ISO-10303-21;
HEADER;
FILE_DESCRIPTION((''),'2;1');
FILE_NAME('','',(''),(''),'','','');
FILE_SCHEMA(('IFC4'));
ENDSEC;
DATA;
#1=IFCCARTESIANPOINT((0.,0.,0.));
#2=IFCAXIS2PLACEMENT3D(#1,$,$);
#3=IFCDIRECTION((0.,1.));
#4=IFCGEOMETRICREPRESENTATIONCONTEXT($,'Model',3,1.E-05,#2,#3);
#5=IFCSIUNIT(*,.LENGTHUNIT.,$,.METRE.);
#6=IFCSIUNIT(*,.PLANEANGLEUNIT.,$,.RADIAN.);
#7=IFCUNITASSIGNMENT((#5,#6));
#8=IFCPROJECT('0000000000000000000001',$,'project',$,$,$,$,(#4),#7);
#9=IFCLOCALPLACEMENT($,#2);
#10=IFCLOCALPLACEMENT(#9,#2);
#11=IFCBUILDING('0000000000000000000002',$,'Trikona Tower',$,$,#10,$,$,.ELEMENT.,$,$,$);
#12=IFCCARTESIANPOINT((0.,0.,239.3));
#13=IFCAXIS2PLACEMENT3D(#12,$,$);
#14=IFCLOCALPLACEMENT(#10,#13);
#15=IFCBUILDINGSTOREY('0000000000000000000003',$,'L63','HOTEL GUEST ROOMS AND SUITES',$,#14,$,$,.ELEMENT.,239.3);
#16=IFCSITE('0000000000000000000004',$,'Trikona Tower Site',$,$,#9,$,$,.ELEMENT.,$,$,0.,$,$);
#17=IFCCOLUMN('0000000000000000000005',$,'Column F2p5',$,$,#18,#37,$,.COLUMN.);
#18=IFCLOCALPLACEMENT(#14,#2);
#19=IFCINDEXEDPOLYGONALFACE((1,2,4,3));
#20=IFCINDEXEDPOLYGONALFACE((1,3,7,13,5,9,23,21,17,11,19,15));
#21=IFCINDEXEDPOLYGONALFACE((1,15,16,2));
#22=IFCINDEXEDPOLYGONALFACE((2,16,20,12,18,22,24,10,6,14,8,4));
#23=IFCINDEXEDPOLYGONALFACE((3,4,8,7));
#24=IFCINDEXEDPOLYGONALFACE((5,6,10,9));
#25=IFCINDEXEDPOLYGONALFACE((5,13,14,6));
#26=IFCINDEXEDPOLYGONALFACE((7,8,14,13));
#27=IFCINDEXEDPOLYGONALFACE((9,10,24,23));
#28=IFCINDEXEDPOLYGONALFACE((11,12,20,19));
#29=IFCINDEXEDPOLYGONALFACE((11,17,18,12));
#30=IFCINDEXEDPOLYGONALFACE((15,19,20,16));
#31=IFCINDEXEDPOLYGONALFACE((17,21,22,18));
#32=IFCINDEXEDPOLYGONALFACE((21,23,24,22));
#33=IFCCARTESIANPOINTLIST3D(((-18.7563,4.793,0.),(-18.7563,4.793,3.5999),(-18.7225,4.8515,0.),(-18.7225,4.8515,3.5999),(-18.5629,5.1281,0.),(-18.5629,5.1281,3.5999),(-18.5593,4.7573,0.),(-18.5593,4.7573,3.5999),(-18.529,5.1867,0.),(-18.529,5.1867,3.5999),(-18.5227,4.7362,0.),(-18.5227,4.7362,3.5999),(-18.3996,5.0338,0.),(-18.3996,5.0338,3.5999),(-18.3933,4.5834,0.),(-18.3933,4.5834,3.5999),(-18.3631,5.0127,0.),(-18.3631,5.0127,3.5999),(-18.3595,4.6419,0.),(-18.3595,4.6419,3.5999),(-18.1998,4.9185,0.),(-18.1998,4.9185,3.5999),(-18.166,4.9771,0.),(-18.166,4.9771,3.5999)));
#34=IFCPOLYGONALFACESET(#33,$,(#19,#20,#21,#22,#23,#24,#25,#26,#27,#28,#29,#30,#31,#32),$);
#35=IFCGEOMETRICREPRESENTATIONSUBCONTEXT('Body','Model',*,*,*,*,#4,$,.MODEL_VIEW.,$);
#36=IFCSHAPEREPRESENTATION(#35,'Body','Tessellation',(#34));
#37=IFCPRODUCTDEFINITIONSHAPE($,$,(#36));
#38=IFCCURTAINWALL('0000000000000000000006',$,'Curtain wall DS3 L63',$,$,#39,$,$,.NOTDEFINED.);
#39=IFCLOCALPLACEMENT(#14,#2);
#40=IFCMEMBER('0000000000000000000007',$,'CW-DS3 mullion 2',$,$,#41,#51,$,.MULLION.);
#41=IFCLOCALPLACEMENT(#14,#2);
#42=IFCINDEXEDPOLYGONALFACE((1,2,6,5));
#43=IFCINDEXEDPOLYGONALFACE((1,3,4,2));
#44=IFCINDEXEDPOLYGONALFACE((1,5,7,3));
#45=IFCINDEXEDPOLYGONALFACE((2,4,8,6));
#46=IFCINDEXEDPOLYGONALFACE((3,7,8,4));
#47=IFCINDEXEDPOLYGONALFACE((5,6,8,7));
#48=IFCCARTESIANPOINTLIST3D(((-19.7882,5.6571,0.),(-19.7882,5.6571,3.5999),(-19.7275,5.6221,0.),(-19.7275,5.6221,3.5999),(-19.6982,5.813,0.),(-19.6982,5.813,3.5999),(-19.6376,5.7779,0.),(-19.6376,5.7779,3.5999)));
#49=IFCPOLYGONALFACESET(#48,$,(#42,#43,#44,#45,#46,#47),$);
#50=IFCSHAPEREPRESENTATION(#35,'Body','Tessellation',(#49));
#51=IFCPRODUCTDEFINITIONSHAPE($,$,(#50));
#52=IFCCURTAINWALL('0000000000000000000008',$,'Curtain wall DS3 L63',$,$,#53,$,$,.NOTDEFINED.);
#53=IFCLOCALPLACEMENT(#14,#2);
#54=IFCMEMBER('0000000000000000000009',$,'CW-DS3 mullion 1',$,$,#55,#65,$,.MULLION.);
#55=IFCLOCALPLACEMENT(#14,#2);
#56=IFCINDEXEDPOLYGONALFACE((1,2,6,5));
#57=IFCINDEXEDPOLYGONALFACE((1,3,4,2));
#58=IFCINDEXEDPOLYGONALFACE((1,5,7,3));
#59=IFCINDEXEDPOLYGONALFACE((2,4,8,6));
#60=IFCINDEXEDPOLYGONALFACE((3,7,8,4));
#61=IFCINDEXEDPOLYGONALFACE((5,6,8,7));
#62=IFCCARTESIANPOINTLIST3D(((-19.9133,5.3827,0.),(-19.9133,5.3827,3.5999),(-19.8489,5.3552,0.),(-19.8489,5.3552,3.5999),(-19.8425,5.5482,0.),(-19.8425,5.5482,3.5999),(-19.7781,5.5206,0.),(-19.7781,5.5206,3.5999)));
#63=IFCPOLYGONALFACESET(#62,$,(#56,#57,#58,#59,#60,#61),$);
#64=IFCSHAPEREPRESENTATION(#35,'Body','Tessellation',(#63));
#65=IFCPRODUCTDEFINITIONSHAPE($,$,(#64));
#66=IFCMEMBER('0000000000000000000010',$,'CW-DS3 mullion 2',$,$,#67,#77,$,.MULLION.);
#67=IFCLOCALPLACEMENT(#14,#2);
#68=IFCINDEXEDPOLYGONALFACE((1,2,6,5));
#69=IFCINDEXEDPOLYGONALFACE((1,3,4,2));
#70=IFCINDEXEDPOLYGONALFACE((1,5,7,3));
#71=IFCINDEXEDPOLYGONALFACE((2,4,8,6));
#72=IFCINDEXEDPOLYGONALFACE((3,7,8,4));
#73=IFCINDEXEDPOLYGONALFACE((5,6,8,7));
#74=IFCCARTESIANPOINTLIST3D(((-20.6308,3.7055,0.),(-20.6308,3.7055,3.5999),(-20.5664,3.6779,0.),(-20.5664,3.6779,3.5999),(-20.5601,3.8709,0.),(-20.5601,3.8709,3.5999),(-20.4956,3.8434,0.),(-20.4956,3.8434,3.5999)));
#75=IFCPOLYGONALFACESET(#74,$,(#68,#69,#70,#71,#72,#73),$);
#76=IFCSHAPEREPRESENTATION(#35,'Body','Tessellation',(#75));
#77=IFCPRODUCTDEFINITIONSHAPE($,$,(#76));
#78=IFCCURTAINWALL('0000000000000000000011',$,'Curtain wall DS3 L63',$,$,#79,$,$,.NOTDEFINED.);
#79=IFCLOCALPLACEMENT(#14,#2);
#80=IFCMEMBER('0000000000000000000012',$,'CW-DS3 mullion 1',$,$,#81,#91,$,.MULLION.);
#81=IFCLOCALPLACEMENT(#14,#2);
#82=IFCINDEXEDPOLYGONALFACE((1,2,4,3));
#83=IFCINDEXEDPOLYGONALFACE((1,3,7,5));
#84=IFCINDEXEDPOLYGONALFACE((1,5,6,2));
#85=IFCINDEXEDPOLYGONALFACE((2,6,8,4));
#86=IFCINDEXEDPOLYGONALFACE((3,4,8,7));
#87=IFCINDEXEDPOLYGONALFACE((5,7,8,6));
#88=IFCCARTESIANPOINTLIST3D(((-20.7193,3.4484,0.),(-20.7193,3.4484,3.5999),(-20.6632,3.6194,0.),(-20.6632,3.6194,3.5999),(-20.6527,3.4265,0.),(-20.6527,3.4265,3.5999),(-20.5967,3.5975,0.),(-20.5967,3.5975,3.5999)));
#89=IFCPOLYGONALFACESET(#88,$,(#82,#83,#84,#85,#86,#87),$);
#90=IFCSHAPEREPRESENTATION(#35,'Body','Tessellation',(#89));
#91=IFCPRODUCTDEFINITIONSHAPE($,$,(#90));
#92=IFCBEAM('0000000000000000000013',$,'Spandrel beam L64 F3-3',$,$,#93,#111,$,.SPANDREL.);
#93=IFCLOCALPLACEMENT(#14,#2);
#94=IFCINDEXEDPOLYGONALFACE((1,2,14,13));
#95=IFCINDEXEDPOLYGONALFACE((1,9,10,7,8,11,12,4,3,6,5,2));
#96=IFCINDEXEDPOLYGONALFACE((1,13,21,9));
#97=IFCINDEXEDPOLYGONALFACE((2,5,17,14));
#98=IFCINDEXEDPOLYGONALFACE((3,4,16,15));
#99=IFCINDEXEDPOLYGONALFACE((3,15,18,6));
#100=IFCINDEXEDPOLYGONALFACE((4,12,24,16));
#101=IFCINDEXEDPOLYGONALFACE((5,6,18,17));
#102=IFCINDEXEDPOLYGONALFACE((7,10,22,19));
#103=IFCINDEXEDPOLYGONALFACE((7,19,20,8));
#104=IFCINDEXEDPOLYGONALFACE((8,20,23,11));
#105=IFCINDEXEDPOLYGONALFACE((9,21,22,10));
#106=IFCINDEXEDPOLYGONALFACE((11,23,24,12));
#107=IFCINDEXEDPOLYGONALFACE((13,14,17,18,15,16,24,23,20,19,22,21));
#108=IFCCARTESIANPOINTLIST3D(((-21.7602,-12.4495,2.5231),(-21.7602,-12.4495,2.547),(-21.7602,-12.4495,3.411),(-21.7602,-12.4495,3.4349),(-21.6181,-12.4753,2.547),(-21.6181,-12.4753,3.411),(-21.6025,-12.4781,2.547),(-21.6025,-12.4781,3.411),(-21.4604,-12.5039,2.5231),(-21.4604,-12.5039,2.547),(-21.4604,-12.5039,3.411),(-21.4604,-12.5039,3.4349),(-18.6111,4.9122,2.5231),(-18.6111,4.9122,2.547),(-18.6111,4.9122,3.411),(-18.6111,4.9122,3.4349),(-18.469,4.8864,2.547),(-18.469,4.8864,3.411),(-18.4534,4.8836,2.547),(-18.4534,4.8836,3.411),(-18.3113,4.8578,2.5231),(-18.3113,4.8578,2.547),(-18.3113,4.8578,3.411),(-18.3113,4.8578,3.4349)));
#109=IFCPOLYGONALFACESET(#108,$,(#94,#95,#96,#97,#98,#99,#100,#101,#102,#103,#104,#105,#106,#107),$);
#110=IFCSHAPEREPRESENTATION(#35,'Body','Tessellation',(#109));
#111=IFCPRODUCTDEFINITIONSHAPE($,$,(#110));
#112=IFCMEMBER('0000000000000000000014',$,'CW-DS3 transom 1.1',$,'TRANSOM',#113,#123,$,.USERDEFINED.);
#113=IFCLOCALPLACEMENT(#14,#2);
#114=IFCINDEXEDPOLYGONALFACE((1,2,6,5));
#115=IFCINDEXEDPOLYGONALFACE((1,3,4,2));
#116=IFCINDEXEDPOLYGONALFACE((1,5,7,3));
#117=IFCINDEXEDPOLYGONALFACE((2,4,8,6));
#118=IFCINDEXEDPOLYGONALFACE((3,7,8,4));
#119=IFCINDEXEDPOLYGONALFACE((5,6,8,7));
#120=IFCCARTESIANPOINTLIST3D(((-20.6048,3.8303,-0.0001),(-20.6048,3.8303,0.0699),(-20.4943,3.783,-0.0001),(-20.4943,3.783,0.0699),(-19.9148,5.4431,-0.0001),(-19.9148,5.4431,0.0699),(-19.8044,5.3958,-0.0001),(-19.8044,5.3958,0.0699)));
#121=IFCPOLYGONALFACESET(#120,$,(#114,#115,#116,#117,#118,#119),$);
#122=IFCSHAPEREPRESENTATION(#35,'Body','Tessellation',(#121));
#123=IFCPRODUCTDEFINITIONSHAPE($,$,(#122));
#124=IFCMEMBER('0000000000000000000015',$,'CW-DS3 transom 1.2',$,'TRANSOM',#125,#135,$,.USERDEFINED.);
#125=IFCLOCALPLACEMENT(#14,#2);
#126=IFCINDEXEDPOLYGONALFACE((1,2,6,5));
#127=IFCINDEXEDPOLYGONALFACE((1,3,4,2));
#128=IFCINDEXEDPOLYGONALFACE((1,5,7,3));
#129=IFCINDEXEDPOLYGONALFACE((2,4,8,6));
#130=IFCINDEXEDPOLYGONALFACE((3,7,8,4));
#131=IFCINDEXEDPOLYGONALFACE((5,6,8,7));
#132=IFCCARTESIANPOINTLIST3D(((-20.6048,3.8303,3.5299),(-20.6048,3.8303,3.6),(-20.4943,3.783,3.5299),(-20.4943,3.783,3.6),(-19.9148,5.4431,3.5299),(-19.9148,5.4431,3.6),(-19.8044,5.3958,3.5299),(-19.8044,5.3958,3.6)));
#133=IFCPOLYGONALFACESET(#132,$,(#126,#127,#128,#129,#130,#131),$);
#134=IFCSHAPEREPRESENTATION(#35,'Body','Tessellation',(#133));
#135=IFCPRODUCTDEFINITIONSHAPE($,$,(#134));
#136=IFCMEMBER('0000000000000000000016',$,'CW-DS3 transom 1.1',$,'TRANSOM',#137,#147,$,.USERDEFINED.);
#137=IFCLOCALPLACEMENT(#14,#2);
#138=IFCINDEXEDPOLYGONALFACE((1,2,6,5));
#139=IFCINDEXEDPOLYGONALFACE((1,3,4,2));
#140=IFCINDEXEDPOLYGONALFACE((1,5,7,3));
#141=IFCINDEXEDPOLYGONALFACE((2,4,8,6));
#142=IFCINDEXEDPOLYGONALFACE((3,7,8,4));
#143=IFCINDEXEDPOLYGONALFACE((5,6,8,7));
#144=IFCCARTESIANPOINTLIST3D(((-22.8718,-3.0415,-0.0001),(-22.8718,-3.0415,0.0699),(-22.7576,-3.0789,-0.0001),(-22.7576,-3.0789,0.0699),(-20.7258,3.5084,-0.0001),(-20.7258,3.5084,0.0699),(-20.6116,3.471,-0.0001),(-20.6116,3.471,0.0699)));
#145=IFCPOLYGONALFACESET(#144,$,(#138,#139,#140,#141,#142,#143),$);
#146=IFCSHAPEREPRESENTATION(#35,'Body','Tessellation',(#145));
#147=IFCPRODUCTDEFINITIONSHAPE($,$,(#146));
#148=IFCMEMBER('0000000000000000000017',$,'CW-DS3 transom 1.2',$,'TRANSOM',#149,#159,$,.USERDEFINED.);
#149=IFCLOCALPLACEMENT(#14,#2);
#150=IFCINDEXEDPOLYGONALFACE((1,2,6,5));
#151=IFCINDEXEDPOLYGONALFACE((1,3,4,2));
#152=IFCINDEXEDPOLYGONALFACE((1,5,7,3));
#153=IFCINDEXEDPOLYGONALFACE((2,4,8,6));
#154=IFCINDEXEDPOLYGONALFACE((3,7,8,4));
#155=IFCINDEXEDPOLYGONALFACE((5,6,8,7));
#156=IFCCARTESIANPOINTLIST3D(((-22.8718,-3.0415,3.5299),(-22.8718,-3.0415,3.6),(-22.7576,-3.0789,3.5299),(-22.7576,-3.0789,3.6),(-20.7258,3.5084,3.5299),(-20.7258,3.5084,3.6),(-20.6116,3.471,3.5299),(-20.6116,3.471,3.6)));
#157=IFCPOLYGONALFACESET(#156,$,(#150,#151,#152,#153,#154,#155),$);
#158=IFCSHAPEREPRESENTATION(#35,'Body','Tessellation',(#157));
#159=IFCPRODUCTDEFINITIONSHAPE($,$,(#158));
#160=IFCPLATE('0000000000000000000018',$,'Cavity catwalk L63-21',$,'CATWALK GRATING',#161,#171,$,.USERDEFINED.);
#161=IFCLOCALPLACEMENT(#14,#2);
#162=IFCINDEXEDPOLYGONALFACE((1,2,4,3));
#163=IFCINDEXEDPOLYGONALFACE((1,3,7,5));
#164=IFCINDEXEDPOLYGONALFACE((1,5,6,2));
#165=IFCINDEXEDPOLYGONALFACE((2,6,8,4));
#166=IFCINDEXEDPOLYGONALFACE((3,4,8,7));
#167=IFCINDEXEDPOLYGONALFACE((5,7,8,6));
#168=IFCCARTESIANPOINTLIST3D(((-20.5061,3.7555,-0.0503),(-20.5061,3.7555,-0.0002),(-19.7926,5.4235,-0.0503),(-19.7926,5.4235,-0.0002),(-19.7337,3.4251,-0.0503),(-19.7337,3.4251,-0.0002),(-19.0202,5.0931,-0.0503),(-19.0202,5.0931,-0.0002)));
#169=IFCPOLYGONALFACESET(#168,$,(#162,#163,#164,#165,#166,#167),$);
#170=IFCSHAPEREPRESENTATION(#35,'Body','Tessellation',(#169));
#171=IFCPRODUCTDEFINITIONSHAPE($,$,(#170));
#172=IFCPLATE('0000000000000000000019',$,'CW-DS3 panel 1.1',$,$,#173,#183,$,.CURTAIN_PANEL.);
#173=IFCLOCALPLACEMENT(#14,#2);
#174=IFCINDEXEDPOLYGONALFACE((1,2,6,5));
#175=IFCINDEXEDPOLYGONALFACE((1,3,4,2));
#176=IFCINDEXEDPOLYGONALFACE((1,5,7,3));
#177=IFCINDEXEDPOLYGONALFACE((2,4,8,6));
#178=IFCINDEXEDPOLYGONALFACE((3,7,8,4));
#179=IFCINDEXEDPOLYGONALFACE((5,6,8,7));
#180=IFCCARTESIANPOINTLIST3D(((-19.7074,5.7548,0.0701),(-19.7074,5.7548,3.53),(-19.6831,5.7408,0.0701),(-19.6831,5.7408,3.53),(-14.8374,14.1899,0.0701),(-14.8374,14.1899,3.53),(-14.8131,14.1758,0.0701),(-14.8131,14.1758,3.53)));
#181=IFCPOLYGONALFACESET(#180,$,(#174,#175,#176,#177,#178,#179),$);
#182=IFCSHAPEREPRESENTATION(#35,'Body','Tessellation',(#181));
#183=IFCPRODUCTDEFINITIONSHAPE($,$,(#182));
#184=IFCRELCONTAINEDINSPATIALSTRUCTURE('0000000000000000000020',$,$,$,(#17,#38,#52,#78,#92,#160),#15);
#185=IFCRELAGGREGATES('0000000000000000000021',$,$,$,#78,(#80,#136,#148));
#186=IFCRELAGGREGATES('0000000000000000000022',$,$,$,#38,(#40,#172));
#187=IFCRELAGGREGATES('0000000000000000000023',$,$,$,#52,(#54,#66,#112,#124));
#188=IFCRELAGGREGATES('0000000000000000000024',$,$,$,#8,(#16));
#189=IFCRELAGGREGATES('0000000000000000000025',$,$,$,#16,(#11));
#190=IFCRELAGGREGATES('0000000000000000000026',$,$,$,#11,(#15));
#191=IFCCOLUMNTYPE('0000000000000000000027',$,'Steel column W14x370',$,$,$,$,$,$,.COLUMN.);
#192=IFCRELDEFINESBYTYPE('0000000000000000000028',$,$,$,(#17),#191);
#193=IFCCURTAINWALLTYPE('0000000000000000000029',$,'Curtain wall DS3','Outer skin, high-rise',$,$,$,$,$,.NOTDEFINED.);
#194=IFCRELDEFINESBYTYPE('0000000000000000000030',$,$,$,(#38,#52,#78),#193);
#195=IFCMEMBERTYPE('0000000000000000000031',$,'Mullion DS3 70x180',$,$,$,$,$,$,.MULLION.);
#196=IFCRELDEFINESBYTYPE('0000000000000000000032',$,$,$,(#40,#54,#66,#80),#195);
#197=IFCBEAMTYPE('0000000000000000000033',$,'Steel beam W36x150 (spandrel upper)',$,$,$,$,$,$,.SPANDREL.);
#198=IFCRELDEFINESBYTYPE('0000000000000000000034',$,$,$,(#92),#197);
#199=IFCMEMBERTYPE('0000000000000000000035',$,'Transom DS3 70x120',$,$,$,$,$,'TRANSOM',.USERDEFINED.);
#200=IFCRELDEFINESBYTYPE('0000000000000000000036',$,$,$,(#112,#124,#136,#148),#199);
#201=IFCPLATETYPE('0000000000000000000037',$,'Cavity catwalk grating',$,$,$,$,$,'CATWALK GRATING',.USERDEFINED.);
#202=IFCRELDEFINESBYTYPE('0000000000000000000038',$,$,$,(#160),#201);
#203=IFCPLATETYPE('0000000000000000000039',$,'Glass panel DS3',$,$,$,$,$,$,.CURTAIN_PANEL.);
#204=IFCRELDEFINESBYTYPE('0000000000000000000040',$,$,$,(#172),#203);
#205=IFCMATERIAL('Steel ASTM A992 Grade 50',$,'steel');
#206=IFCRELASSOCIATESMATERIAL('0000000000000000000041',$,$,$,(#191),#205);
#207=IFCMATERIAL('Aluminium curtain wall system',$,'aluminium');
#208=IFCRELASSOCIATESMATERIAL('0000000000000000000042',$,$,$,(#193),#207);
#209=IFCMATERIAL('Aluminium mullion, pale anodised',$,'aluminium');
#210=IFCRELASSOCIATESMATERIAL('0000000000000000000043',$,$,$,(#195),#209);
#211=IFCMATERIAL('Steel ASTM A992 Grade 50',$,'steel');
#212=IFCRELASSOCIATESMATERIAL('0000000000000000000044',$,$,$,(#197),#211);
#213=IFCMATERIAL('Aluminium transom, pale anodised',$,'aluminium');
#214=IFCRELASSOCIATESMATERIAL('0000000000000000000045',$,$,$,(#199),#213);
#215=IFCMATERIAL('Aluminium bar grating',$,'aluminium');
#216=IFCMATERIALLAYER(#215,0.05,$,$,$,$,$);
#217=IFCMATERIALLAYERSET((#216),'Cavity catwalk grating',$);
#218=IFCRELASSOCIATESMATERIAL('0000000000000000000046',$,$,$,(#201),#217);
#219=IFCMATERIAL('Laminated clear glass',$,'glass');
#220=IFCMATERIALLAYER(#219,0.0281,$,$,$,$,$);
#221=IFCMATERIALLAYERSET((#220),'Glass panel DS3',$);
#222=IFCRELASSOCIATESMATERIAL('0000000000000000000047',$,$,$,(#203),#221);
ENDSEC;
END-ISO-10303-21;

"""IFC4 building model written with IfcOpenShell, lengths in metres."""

from ifc_helpers import new_model, si_unit, direction, frame, origin, origin_2d, place, context, subcontext, project, spatial, rectangle, i_section, extrude, material, layer, layer_set, material_profile, profile_set, type_object, element, aggregate, save


model = new_model("IFC4")

# Units and contexts
model_context = context("Model", 3, precision=1e-05, world=origin(), true_north=direction((0.0, 1.0)))
body_context = subcontext(model_context, "Body", "Model", "MODEL_VIEW")
ifc_project = project(units=[si_unit("LENGTHUNIT", "METRE"), si_unit("PLANEANGLEUNIT", "RADIAN")], contexts=[model_context])

# Site, building, storey
site_placement = place(None, origin())
site = spatial("IfcSite", under=ifc_project, at=site_placement, Name="Trikona Tower Site", CompositionType="ELEMENT", RefElevation=0.0)
building_placement = place(site_placement, origin())
building = spatial("IfcBuilding", under=site, at=building_placement, Name="Trikona Tower", CompositionType="ELEMENT")
storey_placement = place(building_placement, frame((0.0, 0.0, 239.3)))
storey = spatial("IfcBuildingStorey", under=building, at=storey_placement, Name="L63", Description="HOTEL GUEST ROOMS AND SUITES", CompositionType="ELEMENT", Elevation=239.3)

# Column
ifc_material_1 = material(Name="Steel ASTM A992 Grade 50", Category="steel")
ifc_material_profile_1 = material_profile(ifc_material_1, i_section(OverallWidth=0.4192, OverallDepth=0.4546, WebThickness=0.0422, FlangeThickness=0.0676, at=origin_2d()), Name="W14X370")
ifc_profile_set_1 = profile_set([ifc_material_profile_1], Name="Steel ASTM A992 Grade 50")
column_type = type_object("IfcColumnType", Name="Steel column W14x370", PredefinedType="COLUMN", material=ifc_profile_set_1)
column_placement = place(storey_placement, frame((-18.4612, 4.885, 0.0), z_axis=(0.0, 0.0, 1.0), x_axis=(-0.866025, 0.5, 0.0)))
element("IfcColumn", 1, at=column_placement, inside=storey, type_object=column_type, Name="Column F2p5", PredefinedType="COLUMN", context=body_context, shape_type="SweptSolid", body=[
    extrude(i_section(OverallWidth=0.4192, OverallDepth=0.4546, WebThickness=0.0422, FlangeThickness=0.0676, at=origin_2d()), origin(), (0.0, 0.0, 1.0), 3.5999),
])

# Curtain wall, member
ifc_material_2 = material(Name="Aluminium curtain wall system", Category="aluminium")
curtain_wall_type = type_object("IfcCurtainWallType", Name="Curtain wall DS3", Description="Outer skin, high-rise", PredefinedType="NOTDEFINED", material=ifc_material_2)
curtain_wall_1_placement = place(storey_placement, origin())
curtain_wall_1 = element("IfcCurtainWall", 2, at=curtain_wall_1_placement, inside=storey, type_object=curtain_wall_type, Name="Curtain wall DS3 L63", PredefinedType="NOTDEFINED")
ifc_material_3 = material(Name="Aluminium mullion, pale anodised", Category="aluminium")
ifc_material_profile_2 = material_profile(ifc_material_3, rectangle(XDim=0.0701, YDim=0.1799, at=origin_2d()), Name="MUL-DS3")
ifc_profile_set_2 = profile_set([ifc_material_profile_2], Name="Aluminium mullion, pale anodised")
member_type_1 = type_object("IfcMemberType", Name="Mullion DS3 70x180", PredefinedType="MULLION", material=ifc_profile_set_2)
member_1_placement = place(storey_placement, frame((-19.7129, 5.7175, 0.0), z_axis=(0.0, 0.0, 1.0), x_axis=(0.866025, -0.500001, 0.0)))
member_1 = element("IfcMember", 3, at=member_1_placement, type_object=member_type_1, Name="CW-DS3 mullion 2", PredefinedType="MULLION", context=body_context, shape_type="SweptSolid", body=[
    extrude(rectangle(XDim=0.0701, YDim=0.1799, at=origin_2d()), origin(), (0.0, 0.0, 1.0), 3.5999),
])

# Curtain wall, members
curtain_wall_2_placement = place(storey_placement, origin())
curtain_wall_2 = element("IfcCurtainWall", 4, at=curtain_wall_2_placement, inside=storey, type_object=curtain_wall_type, Name="Curtain wall DS3 L63", PredefinedType="NOTDEFINED")
member_2_placement = place(storey_placement, frame((-19.8457, 5.4517, 0.0), z_axis=(0.0, 0.0, 1.0), x_axis=(0.919421, -0.393276, 0.0)))
member_2 = element("IfcMember", 5, at=member_2_placement, type_object=member_type_1, Name="CW-DS3 mullion 1", PredefinedType="MULLION", context=body_context, shape_type="SweptSolid", body=[
    extrude(rectangle(XDim=0.0701, YDim=0.1799, at=origin_2d()), origin(), (0.0, 0.0, 1.0), 3.5999),
])
member_3_placement = place(storey_placement, frame((-20.5632, 3.7744, 0.0), z_axis=(0.0, 0.0, 1.0), x_axis=(0.919421, -0.393276, 0.0)))
member_3 = element("IfcMember", 6, at=member_3_placement, type_object=member_type_1, Name="CW-DS3 mullion 2", PredefinedType="MULLION", context=body_context, shape_type="SweptSolid", body=[
    extrude(rectangle(XDim=0.0701, YDim=0.1799, at=origin_2d()), origin(), (0.0, 0.0, 1.0), 3.5999),
])

# Curtain wall, member
curtain_wall_3_placement = place(storey_placement, origin())
curtain_wall_3 = element("IfcCurtainWall", 7, at=curtain_wall_3_placement, inside=storey, type_object=curtain_wall_type, Name="Curtain wall DS3 L63", PredefinedType="NOTDEFINED")
member_4_placement = place(storey_placement, frame((-20.658, 3.5229, 0.0), z_axis=(0.0, 0.0, 1.0), x_axis=(0.950297, -0.311344, 0.0)))
member_4 = element("IfcMember", 8, at=member_4_placement, type_object=member_type_1, Name="CW-DS3 mullion 1", PredefinedType="MULLION", context=body_context, shape_type="SweptSolid", body=[
    extrude(rectangle(XDim=0.0701, YDim=0.1799, at=origin_2d()), origin(), (0.0, 0.0, 1.0), 3.5999),
])

# Beam
ifc_material_4 = material(Name="Steel ASTM A992 Grade 50", Category="steel")
ifc_material_profile_3 = material_profile(ifc_material_4, i_section(OverallWidth=0.3047, OverallDepth=0.9119, WebThickness=0.0159, FlangeThickness=0.0239, at=origin_2d()), Name="W36X150")
ifc_profile_set_3 = profile_set([ifc_material_profile_3], Name="Steel ASTM A992 Grade 50")
beam_type = type_object("IfcBeamType", Name="Steel beam W36x150 (spandrel upper)", PredefinedType="SPANDREL", material=ifc_profile_set_3)
beam_placement = place(storey_placement, frame((-18.4612, 4.885, 2.979), z_axis=(-0.178473, -0.983945, 0.0), x_axis=(0.983945, -0.178473, 0.0)))
element("IfcBeam", 9, at=beam_placement, inside=storey, type_object=beam_type, Name="Spandrel beam L64 F3-3", PredefinedType="SPANDREL", context=body_context, shape_type="SweptSolid", body=[
    extrude(i_section(OverallWidth=0.3047, OverallDepth=0.9119, WebThickness=0.0159, FlangeThickness=0.0239, at=origin_2d()), origin(), (0.0, 0.0, 1.0), 17.645),
])

# Members
ifc_material_5 = material(Name="Aluminium transom, pale anodised", Category="aluminium")
ifc_material_profile_4 = material_profile(ifc_material_5, rectangle(XDim=0.1201, YDim=0.0701, at=origin_2d()), Name="TRN-DS3")
ifc_profile_set_4 = profile_set([ifc_material_profile_4], Name="Aluminium transom, pale anodised")
member_type_2 = type_object("IfcMemberType", Name="Transom DS3 70x120", ElementType="TRANSOM", PredefinedType="USERDEFINED", material=ifc_profile_set_4)
member_5_placement = place(storey_placement, frame((-19.8596, 5.4194, 0.0349), z_axis=(-0.393315, -0.919404, 0.0), x_axis=(0.919404, -0.393315, 0.0)))
member_5 = element("IfcMember", 10, at=member_5_placement, type_object=member_type_2, Name="CW-DS3 transom 1.1", ObjectType="TRANSOM", PredefinedType="USERDEFINED", context=body_context, shape_type="SweptSolid", body=[
    extrude(rectangle(XDim=0.1201, YDim=0.0701, at=origin_2d()), origin(), (0.0, 0.0, 1.0), 1.7542),
])
member_6_placement = place(storey_placement, frame((-19.8596, 5.4194, 3.5649), z_axis=(-0.393315, -0.919404, 0.0), x_axis=(0.919404, -0.393315, 0.0)))
member_6 = element("IfcMember", 11, at=member_6_placement, type_object=member_type_2, Name="CW-DS3 transom 1.2", ObjectType="TRANSOM", PredefinedType="USERDEFINED", context=body_context, shape_type="SweptSolid", body=[
    extrude(rectangle(XDim=0.1201, YDim=0.0701, at=origin_2d()), origin(), (0.0, 0.0, 1.0), 1.7542),
])
member_7_placement = place(storey_placement, frame((-20.6687, 3.4897, 0.0349), z_axis=(-0.311346, -0.950297, 0.0), x_axis=(0.950297, -0.311346, 0.0)))
member_7 = element("IfcMember", 12, at=member_7_placement, type_object=member_type_2, Name="CW-DS3 transom 1.1", ObjectType="TRANSOM", PredefinedType="USERDEFINED", context=body_context, shape_type="SweptSolid", body=[
    extrude(rectangle(XDim=0.1201, YDim=0.0701, at=origin_2d()), origin(), (0.0, 0.0, 1.0), 6.8926),
])
member_8_placement = place(storey_placement, frame((-20.6687, 3.4897, 3.5649), z_axis=(-0.311346, -0.950297, 0.0), x_axis=(0.950297, -0.311346, 0.0)))
member_8 = element("IfcMember", 13, at=member_8_placement, type_object=member_type_2, Name="CW-DS3 transom 1.2", ObjectType="TRANSOM", PredefinedType="USERDEFINED", context=body_context, shape_type="SweptSolid", body=[
    extrude(rectangle(XDim=0.1201, YDim=0.0701, at=origin_2d()), origin(), (0.0, 0.0, 1.0), 6.8926),
])
aggregate(curtain_wall_3, [member_4, member_7, member_8])

# Plates
ifc_material_6 = material(Name="Aluminium bar grating", Category="aluminium")
ifc_layer_1 = layer(ifc_material_6, 0.05)
ifc_layer_set_1 = layer_set([ifc_layer_1], Name="Cavity catwalk grating")
plate_type_1 = type_object("IfcPlateType", Name="Cavity catwalk grating", ElementType="CATWALK GRATING", PredefinedType="USERDEFINED", material=ifc_layer_set_1)
plate_1_placement = place(storey_placement, frame((-19.7632, 4.4243, -0.0503), z_axis=(0.0, 0.0, 1.0), x_axis=(-0.393284, -0.919417, 0.0)))
element("IfcPlate", 14, at=plate_1_placement, inside=storey, type_object=plate_type_1, Name="Cavity catwalk L63-21", ObjectType="CATWALK GRATING", PredefinedType="USERDEFINED", context=body_context, shape_type="SweptSolid", body=[
    extrude(rectangle(XDim=1.8142, YDim=0.8401, at=origin_2d()), origin(), (0.0, 0.0, 1.0), 0.05),
])
ifc_material_7 = material(Name="Laminated clear glass", Category="glass")
ifc_layer_2 = layer(ifc_material_7, 0.0281)
ifc_layer_set_2 = layer_set([ifc_layer_2], Name="Glass panel DS3")
plate_type_2 = type_object("IfcPlateType", Name="Glass panel DS3", PredefinedType="CURTAIN_PANEL", material=ifc_layer_set_2)
plate_2_placement = place(storey_placement, frame((-17.2603, 9.9653, 0.0701), z_axis=(0.0, 0.0, 1.0), x_axis=(-0.500001, -0.866025, 0.0)))
plate_2 = element("IfcPlate", 15, at=plate_2_placement, type_object=plate_type_2, Name="CW-DS3 panel 1.1", PredefinedType="CURTAIN_PANEL", context=body_context, shape_type="SweptSolid", body=[
    extrude(rectangle(XDim=9.74, YDim=0.0281, at=origin_2d()), origin(), (0.0, 0.0, 1.0), 3.46),
])
aggregate(curtain_wall_1, [member_1, plate_2])
aggregate(curtain_wall_2, [member_2, member_3, member_5, member_6])

save(model, "model.ifc")
